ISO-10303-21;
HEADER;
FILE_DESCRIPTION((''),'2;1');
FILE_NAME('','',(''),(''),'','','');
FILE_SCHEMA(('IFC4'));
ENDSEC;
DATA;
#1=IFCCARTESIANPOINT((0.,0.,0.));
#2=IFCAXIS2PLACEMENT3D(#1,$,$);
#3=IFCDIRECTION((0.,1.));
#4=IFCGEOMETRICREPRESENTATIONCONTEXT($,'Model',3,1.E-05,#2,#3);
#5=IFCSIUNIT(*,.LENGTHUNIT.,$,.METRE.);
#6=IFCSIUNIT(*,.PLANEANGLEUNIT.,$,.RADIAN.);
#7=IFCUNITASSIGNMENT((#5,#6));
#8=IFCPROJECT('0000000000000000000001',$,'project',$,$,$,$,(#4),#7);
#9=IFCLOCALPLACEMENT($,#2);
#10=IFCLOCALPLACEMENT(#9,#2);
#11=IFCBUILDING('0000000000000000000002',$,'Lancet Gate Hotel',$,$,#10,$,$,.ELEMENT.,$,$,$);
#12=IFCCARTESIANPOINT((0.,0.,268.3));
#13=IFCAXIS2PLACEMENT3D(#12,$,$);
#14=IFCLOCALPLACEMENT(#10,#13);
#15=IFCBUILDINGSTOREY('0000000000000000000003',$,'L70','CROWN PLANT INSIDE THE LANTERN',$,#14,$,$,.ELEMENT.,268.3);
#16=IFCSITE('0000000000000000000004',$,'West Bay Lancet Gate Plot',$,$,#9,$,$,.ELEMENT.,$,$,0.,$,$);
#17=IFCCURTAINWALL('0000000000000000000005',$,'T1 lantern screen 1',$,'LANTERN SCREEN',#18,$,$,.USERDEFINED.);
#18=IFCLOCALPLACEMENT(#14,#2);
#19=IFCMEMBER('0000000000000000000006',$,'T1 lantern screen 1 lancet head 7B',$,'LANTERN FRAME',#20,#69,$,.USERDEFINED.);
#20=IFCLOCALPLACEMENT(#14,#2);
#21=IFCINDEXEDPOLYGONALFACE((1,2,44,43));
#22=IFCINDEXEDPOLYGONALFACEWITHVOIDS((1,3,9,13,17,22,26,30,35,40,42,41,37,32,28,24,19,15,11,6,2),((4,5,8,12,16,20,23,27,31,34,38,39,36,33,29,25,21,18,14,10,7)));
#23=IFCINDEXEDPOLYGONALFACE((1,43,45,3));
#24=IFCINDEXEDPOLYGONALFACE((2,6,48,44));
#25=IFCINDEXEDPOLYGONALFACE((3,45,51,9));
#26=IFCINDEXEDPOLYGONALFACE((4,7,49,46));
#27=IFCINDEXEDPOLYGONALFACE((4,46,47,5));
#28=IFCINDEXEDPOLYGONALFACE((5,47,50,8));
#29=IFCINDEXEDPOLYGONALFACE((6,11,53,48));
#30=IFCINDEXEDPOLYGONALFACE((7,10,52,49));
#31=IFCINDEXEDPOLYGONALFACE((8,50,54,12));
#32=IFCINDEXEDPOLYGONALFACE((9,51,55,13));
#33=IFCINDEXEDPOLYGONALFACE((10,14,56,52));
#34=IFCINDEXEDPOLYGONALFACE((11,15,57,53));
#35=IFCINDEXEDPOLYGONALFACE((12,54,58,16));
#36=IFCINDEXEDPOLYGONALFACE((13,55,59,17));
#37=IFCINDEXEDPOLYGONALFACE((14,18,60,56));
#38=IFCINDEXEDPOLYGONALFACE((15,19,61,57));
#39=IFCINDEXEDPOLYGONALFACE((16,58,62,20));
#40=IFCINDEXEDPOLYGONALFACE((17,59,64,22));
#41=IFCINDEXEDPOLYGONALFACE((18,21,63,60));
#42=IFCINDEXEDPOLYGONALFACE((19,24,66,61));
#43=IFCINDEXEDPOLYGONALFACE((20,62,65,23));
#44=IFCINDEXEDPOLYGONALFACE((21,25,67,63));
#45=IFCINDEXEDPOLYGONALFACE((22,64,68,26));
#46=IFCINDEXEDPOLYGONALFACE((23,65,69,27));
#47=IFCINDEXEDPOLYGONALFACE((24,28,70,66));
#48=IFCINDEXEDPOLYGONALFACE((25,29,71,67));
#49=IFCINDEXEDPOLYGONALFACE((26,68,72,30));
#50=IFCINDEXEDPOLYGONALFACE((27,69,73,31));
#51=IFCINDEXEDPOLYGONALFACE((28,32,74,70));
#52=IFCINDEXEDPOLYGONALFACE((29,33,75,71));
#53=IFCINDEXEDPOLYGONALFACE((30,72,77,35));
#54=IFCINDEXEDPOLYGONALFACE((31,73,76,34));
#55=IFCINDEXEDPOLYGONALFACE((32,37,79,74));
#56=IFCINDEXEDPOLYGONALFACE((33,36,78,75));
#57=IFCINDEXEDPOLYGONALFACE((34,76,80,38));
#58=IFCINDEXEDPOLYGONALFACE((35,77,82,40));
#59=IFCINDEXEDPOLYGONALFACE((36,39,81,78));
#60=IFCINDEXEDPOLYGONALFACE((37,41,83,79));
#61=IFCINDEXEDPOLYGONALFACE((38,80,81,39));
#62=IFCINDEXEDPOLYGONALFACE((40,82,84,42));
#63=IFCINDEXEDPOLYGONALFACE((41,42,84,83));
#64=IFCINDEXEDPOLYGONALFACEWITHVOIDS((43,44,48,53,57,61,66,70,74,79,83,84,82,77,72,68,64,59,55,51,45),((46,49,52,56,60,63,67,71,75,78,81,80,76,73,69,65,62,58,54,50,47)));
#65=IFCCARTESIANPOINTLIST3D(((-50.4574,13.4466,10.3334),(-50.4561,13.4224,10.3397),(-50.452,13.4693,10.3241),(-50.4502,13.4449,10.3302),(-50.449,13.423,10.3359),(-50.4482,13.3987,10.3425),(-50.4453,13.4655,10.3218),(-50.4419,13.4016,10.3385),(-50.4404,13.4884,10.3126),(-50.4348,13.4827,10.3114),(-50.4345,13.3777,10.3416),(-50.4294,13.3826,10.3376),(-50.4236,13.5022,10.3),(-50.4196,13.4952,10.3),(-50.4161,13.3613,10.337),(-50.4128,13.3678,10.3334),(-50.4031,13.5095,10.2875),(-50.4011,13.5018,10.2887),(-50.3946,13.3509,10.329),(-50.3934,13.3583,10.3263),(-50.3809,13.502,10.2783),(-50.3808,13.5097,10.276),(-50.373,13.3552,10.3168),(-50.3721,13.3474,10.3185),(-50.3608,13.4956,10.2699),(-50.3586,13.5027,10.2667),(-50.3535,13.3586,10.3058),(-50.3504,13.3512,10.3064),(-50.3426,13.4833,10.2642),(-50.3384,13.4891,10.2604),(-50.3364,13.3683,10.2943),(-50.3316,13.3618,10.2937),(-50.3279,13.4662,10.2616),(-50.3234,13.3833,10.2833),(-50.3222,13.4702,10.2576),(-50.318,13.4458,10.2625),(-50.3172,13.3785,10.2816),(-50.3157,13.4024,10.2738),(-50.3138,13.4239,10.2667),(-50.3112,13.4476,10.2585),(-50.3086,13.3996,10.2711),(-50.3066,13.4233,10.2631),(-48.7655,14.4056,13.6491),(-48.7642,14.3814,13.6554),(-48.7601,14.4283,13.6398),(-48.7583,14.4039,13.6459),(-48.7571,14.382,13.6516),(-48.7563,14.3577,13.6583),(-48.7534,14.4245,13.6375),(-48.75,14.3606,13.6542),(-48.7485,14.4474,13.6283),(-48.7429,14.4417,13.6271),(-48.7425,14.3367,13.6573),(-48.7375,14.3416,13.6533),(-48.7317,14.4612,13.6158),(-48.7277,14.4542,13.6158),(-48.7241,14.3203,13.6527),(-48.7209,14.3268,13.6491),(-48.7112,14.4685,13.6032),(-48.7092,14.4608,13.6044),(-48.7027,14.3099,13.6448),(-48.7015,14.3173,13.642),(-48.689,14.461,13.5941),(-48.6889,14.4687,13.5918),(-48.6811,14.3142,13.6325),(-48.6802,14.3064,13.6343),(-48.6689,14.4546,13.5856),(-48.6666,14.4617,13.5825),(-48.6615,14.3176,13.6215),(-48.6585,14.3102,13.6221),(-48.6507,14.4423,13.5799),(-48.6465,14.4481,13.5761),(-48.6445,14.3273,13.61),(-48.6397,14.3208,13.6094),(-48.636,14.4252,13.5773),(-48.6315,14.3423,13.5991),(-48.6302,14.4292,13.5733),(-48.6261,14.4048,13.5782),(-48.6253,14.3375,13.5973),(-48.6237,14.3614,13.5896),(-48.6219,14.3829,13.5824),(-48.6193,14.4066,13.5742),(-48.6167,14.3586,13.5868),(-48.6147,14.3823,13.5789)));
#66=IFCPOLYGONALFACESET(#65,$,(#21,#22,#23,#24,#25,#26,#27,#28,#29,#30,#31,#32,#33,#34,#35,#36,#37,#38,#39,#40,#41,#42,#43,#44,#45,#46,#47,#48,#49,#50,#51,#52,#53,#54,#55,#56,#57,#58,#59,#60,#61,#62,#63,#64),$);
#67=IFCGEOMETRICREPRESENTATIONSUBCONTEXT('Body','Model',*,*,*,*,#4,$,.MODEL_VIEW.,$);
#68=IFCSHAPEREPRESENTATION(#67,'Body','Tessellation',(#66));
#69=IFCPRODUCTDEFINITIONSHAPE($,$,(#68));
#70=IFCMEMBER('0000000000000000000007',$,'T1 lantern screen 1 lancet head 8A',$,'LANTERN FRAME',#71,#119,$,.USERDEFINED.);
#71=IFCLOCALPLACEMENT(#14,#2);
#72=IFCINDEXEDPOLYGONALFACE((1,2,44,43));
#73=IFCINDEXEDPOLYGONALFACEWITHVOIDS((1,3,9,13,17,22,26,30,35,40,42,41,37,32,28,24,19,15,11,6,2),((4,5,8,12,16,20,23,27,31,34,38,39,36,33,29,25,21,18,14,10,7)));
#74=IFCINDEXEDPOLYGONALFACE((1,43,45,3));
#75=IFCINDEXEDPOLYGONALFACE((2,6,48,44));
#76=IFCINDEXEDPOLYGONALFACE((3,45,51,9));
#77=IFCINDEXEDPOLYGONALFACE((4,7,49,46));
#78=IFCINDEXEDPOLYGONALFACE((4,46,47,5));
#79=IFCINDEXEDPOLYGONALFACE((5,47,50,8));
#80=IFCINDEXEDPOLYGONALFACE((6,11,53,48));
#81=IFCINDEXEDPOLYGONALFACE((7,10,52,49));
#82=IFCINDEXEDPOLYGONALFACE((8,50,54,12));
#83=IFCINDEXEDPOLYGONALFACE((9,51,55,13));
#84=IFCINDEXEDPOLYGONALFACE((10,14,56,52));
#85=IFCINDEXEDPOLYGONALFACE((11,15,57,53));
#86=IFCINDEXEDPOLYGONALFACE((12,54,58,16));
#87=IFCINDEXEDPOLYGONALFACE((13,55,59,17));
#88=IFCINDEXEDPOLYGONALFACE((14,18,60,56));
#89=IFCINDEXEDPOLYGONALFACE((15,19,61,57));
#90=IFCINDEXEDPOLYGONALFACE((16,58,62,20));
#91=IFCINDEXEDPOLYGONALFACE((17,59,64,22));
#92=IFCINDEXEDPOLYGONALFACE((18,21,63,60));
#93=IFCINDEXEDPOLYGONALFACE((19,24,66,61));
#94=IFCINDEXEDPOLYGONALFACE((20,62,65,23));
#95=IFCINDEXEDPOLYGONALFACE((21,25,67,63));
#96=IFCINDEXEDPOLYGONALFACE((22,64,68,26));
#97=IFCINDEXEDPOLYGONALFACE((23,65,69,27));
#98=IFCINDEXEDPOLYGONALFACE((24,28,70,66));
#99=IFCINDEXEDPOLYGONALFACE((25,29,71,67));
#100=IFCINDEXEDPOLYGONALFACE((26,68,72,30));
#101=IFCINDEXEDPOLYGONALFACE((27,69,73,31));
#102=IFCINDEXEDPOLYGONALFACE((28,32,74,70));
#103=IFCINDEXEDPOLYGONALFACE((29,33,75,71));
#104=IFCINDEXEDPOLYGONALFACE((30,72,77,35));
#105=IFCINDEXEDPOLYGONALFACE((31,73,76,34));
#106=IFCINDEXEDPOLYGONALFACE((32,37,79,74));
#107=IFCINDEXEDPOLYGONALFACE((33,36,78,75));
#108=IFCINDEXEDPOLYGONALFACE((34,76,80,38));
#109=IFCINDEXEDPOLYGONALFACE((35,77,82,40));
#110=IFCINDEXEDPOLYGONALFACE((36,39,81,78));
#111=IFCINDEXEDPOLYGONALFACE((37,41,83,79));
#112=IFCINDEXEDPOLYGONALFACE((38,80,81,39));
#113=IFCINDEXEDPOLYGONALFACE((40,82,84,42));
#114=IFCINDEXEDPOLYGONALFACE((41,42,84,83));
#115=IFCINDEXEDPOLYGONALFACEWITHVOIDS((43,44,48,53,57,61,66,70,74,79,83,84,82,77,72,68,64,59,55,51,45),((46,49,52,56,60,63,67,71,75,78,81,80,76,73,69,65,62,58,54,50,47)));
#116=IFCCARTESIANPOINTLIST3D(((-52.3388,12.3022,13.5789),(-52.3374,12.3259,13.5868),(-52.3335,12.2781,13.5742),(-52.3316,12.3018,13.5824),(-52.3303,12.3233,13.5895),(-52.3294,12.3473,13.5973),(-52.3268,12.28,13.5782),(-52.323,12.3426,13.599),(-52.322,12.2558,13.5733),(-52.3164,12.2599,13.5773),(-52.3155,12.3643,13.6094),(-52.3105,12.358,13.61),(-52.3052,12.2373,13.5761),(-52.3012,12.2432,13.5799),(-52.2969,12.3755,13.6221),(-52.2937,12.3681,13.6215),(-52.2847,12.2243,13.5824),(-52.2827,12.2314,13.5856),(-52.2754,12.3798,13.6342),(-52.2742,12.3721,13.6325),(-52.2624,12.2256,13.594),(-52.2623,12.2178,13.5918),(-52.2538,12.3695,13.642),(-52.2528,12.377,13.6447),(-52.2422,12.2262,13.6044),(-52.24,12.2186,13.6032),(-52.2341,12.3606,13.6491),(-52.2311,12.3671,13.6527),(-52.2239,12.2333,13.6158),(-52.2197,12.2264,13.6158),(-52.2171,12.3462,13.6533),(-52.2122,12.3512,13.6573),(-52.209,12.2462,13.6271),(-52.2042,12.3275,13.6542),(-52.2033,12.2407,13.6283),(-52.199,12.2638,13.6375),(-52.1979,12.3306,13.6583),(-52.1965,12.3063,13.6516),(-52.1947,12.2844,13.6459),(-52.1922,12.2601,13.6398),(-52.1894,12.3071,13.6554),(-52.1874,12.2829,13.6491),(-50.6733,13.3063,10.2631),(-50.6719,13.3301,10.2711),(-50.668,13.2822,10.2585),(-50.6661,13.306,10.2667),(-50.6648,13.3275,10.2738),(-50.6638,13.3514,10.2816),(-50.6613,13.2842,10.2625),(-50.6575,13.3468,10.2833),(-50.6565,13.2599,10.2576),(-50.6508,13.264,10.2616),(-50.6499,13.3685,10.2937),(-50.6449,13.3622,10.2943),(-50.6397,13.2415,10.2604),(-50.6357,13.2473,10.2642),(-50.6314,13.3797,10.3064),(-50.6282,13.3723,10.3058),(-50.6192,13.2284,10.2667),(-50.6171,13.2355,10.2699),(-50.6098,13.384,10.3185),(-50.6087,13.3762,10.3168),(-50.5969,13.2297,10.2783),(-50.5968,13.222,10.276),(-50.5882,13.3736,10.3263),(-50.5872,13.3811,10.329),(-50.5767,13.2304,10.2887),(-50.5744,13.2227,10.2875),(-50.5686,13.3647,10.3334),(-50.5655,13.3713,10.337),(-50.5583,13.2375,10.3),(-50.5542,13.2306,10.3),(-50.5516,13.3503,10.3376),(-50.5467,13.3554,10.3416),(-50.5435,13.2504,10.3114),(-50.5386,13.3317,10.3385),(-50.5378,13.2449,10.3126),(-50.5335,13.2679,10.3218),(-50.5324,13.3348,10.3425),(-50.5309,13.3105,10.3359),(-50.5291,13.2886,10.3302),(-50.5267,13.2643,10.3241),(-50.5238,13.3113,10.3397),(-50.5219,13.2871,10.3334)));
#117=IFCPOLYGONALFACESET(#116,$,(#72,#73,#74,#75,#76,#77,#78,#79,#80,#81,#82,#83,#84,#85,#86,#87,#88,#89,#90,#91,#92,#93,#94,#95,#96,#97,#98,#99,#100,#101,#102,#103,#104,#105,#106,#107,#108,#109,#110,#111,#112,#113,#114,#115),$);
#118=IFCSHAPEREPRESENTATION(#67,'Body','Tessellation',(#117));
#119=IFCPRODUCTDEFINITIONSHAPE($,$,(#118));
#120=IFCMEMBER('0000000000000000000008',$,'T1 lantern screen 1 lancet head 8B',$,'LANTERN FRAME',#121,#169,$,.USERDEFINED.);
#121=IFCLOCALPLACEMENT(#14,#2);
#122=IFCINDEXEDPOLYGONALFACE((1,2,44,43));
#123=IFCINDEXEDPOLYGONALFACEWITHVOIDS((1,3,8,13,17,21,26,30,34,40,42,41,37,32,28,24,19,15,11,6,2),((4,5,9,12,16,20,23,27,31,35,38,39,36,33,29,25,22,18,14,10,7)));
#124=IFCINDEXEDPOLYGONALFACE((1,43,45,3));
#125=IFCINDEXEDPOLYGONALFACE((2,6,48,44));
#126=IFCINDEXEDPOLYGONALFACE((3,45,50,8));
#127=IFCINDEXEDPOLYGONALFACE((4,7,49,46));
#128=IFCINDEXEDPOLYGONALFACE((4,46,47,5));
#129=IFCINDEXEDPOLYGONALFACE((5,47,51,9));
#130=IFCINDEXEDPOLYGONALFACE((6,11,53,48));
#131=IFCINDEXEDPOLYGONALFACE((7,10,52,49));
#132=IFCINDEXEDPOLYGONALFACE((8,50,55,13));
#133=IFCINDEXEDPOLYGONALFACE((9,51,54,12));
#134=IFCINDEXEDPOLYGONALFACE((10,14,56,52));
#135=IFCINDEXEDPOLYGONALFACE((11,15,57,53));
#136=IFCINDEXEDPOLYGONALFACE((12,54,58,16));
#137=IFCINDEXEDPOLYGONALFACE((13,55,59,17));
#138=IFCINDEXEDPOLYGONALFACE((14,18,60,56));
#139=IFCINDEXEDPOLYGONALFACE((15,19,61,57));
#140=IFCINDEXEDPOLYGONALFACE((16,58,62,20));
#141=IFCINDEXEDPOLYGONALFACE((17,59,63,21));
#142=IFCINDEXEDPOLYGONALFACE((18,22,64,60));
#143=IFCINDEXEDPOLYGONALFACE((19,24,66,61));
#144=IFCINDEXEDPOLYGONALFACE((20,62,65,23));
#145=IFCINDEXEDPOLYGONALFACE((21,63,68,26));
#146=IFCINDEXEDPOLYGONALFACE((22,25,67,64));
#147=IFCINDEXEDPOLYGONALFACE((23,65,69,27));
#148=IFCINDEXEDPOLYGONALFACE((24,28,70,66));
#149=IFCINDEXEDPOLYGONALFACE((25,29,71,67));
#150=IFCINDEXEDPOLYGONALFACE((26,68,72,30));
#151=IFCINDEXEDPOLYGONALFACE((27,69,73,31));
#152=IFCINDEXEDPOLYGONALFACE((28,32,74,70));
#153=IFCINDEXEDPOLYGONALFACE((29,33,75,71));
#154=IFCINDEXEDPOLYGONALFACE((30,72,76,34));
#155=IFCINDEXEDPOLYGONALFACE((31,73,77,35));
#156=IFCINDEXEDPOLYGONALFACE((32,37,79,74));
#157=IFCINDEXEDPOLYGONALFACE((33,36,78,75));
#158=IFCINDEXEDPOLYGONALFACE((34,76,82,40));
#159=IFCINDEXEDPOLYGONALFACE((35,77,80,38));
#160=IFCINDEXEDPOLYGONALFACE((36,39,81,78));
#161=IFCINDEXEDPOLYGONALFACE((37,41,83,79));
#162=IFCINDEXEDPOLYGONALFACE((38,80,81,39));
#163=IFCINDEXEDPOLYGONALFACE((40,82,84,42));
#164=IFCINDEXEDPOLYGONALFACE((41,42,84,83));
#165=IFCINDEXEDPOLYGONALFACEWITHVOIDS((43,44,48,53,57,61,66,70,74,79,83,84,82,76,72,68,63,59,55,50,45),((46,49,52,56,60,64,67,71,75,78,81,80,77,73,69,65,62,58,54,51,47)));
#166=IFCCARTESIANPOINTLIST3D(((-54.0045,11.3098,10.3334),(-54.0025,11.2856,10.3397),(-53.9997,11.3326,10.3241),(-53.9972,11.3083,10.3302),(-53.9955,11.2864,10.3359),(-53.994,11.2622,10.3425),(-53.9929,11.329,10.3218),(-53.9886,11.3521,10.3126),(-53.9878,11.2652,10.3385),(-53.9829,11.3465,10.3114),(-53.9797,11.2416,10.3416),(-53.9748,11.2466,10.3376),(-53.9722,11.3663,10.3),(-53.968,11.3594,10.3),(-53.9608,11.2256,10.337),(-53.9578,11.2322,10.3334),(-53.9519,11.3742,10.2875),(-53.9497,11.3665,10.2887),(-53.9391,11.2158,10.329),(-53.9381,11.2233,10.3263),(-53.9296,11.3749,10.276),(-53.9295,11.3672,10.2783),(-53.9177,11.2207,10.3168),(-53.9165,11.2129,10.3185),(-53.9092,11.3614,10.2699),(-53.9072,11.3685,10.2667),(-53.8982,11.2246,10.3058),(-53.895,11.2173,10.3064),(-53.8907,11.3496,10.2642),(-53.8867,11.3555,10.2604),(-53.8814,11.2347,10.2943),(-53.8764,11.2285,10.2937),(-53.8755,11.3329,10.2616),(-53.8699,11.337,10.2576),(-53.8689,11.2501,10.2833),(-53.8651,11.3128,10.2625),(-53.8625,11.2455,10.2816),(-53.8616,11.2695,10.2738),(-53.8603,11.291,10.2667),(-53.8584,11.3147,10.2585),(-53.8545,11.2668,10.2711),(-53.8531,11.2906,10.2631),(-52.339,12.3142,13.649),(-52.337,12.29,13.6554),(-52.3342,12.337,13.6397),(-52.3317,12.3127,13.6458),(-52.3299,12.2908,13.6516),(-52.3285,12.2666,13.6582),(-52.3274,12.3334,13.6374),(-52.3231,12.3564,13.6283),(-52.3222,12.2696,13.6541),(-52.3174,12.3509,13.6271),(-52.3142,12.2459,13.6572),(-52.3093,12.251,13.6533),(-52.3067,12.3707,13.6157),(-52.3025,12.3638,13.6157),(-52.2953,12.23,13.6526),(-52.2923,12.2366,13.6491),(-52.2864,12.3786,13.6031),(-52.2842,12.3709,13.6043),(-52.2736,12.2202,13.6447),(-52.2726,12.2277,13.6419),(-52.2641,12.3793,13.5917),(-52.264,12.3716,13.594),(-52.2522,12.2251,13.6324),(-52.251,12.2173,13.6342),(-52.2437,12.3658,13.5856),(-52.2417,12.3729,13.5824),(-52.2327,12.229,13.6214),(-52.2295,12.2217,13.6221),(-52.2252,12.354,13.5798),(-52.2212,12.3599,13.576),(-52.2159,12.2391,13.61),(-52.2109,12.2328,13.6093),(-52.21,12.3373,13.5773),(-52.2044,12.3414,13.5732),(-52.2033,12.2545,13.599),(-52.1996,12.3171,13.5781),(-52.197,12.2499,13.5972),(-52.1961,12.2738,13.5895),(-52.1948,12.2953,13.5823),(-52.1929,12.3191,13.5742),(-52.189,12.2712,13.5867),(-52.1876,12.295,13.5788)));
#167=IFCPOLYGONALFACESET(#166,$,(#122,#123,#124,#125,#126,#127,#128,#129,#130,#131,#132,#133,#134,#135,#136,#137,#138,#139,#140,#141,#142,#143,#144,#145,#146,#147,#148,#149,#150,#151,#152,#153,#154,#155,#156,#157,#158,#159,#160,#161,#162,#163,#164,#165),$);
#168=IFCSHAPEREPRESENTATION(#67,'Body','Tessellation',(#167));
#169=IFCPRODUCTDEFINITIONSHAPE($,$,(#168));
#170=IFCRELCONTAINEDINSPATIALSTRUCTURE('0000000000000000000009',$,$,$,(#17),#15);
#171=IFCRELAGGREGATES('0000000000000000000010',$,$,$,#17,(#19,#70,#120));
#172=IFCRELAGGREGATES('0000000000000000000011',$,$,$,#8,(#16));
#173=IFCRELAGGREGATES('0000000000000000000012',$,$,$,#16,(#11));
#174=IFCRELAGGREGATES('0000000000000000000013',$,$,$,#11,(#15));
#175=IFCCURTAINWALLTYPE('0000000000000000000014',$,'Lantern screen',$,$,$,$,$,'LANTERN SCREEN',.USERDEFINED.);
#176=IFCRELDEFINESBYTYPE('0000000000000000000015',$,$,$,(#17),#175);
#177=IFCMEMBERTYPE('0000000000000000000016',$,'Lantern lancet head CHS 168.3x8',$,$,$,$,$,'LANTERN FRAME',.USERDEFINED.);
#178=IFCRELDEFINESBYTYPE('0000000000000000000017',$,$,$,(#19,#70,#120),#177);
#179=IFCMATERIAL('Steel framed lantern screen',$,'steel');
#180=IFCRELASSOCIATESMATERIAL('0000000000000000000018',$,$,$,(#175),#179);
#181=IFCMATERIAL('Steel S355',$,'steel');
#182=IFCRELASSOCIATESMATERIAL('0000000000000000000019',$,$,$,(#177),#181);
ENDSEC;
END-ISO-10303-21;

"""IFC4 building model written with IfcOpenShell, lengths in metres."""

from ifc_helpers import new_model, si_unit, direction, frame, origin, origin_2d, place, context, subcontext, project, spatial, hollow_circle, extrude, material, material_profile, profile_set, type_object, element, aggregate, save


model = new_model("IFC4")

# Units and contexts
model_context = context("Model", 3, precision=1e-05, world=origin(), true_north=direction((0.0, 1.0)))
body_context = subcontext(model_context, "Body", "Model", "MODEL_VIEW")
ifc_project = project(units=[si_unit("LENGTHUNIT", "METRE"), si_unit("PLANEANGLEUNIT", "RADIAN")], contexts=[model_context])

# Site, building, storey
site_placement = place(None, origin())
site = spatial("IfcSite", under=ifc_project, at=site_placement, Name="West Bay Lancet Gate Plot", CompositionType="ELEMENT", RefElevation=0.0)
building_placement = place(site_placement, origin())
building = spatial("IfcBuilding", under=site, at=building_placement, Name="Lancet Gate Hotel", CompositionType="ELEMENT")
storey_placement = place(building_placement, frame((0.0, 0.0, 268.3)))
storey = spatial("IfcBuildingStorey", under=building, at=storey_placement, Name="L70", Description="CROWN PLANT INSIDE THE LANTERN", CompositionType="ELEMENT", Elevation=268.3)

# Curtain wall, members
ifc_material_1 = material(Name="Steel framed lantern screen", Category="steel")
curtain_wall_type_1 = type_object("IfcCurtainWallType", Name="Lantern screen", ElementType="LANTERN SCREEN", PredefinedType="USERDEFINED", material=ifc_material_1)
curtain_wall_1_placement = place(storey_placement, origin())
curtain_wall_1 = element("IfcCurtainWall", 1, at=curtain_wall_1_placement, inside=storey, type_object=curtain_wall_type_1, Name="T1 lantern screen 1", ObjectType="LANTERN SCREEN", PredefinedType="USERDEFINED")
ifc_material_2 = material(Name="Steel S355", Category="steel")
ifc_material_profile_1 = material_profile(ifc_material_2, hollow_circle(Radius=0.0842, WallThickness=0.0081, at=origin_2d()), Name="CHS 168.3x8.0")
ifc_profile_set_1 = profile_set([ifc_material_profile_1], Name="Steel S355")
member_type_1 = type_object("IfcMemberType", Name="Lantern lancet head CHS 168.3x8", ElementType="LANTERN FRAME", PredefinedType="USERDEFINED", material=ifc_profile_set_1)
member_1_placement = place(storey_placement, frame((-50.3821, 13.429, 10.3), z_axis=(0.440146, 0.24948, 0.862572), x_axis=(-0.493108, 0.869968, 0.0)))
member_1 = element("IfcMember", 2, at=member_1_placement, type_object=member_type_1, Name="T1 lantern screen 1 lancet head 7B", ObjectType="LANTERN FRAME", PredefinedType="USERDEFINED", context=body_context, shape_type="SweptSolid", body=[
    extrude(hollow_circle(Radius=0.0842, WallThickness=0.0081, at=origin_2d()), origin(), (0.0, 0.0, 1.0), 3.844),
])
member_2_placement = place(storey_placement, frame((-50.5977, 13.3027, 10.3), z_axis=(-0.433285, -0.261228, 0.862568), x_axis=(0.516322, -0.856394, 0.0)))
member_2 = element("IfcMember", 3, at=member_2_placement, type_object=member_type_1, Name="T1 lantern screen 1 lancet head 8A", ObjectType="LANTERN FRAME", PredefinedType="USERDEFINED", context=body_context, shape_type="SweptSolid", body=[
    extrude(hollow_circle(Radius=0.0842, WallThickness=0.0081, at=origin_2d()), origin(), (0.0, 0.0, 1.0), 3.844),
])
member_3_placement = place(storey_placement, frame((-53.9287, 11.2942, 10.3), z_axis=(0.433278, 0.261288, 0.862554), x_axis=(-0.516414, 0.856339, 0.0)))
member_3 = element("IfcMember", 4, at=member_3_placement, type_object=member_type_1, Name="T1 lantern screen 1 lancet head 8B", ObjectType="LANTERN FRAME", PredefinedType="USERDEFINED", context=body_context, shape_type="SweptSolid", body=[
    extrude(hollow_circle(Radius=0.0842, WallThickness=0.0081, at=origin_2d()), origin(), (0.0, 0.0, 1.0), 3.844),
])

aggregate(curtain_wall_1, [member_1, member_2, member_3])

save(model, "model.ifc")
